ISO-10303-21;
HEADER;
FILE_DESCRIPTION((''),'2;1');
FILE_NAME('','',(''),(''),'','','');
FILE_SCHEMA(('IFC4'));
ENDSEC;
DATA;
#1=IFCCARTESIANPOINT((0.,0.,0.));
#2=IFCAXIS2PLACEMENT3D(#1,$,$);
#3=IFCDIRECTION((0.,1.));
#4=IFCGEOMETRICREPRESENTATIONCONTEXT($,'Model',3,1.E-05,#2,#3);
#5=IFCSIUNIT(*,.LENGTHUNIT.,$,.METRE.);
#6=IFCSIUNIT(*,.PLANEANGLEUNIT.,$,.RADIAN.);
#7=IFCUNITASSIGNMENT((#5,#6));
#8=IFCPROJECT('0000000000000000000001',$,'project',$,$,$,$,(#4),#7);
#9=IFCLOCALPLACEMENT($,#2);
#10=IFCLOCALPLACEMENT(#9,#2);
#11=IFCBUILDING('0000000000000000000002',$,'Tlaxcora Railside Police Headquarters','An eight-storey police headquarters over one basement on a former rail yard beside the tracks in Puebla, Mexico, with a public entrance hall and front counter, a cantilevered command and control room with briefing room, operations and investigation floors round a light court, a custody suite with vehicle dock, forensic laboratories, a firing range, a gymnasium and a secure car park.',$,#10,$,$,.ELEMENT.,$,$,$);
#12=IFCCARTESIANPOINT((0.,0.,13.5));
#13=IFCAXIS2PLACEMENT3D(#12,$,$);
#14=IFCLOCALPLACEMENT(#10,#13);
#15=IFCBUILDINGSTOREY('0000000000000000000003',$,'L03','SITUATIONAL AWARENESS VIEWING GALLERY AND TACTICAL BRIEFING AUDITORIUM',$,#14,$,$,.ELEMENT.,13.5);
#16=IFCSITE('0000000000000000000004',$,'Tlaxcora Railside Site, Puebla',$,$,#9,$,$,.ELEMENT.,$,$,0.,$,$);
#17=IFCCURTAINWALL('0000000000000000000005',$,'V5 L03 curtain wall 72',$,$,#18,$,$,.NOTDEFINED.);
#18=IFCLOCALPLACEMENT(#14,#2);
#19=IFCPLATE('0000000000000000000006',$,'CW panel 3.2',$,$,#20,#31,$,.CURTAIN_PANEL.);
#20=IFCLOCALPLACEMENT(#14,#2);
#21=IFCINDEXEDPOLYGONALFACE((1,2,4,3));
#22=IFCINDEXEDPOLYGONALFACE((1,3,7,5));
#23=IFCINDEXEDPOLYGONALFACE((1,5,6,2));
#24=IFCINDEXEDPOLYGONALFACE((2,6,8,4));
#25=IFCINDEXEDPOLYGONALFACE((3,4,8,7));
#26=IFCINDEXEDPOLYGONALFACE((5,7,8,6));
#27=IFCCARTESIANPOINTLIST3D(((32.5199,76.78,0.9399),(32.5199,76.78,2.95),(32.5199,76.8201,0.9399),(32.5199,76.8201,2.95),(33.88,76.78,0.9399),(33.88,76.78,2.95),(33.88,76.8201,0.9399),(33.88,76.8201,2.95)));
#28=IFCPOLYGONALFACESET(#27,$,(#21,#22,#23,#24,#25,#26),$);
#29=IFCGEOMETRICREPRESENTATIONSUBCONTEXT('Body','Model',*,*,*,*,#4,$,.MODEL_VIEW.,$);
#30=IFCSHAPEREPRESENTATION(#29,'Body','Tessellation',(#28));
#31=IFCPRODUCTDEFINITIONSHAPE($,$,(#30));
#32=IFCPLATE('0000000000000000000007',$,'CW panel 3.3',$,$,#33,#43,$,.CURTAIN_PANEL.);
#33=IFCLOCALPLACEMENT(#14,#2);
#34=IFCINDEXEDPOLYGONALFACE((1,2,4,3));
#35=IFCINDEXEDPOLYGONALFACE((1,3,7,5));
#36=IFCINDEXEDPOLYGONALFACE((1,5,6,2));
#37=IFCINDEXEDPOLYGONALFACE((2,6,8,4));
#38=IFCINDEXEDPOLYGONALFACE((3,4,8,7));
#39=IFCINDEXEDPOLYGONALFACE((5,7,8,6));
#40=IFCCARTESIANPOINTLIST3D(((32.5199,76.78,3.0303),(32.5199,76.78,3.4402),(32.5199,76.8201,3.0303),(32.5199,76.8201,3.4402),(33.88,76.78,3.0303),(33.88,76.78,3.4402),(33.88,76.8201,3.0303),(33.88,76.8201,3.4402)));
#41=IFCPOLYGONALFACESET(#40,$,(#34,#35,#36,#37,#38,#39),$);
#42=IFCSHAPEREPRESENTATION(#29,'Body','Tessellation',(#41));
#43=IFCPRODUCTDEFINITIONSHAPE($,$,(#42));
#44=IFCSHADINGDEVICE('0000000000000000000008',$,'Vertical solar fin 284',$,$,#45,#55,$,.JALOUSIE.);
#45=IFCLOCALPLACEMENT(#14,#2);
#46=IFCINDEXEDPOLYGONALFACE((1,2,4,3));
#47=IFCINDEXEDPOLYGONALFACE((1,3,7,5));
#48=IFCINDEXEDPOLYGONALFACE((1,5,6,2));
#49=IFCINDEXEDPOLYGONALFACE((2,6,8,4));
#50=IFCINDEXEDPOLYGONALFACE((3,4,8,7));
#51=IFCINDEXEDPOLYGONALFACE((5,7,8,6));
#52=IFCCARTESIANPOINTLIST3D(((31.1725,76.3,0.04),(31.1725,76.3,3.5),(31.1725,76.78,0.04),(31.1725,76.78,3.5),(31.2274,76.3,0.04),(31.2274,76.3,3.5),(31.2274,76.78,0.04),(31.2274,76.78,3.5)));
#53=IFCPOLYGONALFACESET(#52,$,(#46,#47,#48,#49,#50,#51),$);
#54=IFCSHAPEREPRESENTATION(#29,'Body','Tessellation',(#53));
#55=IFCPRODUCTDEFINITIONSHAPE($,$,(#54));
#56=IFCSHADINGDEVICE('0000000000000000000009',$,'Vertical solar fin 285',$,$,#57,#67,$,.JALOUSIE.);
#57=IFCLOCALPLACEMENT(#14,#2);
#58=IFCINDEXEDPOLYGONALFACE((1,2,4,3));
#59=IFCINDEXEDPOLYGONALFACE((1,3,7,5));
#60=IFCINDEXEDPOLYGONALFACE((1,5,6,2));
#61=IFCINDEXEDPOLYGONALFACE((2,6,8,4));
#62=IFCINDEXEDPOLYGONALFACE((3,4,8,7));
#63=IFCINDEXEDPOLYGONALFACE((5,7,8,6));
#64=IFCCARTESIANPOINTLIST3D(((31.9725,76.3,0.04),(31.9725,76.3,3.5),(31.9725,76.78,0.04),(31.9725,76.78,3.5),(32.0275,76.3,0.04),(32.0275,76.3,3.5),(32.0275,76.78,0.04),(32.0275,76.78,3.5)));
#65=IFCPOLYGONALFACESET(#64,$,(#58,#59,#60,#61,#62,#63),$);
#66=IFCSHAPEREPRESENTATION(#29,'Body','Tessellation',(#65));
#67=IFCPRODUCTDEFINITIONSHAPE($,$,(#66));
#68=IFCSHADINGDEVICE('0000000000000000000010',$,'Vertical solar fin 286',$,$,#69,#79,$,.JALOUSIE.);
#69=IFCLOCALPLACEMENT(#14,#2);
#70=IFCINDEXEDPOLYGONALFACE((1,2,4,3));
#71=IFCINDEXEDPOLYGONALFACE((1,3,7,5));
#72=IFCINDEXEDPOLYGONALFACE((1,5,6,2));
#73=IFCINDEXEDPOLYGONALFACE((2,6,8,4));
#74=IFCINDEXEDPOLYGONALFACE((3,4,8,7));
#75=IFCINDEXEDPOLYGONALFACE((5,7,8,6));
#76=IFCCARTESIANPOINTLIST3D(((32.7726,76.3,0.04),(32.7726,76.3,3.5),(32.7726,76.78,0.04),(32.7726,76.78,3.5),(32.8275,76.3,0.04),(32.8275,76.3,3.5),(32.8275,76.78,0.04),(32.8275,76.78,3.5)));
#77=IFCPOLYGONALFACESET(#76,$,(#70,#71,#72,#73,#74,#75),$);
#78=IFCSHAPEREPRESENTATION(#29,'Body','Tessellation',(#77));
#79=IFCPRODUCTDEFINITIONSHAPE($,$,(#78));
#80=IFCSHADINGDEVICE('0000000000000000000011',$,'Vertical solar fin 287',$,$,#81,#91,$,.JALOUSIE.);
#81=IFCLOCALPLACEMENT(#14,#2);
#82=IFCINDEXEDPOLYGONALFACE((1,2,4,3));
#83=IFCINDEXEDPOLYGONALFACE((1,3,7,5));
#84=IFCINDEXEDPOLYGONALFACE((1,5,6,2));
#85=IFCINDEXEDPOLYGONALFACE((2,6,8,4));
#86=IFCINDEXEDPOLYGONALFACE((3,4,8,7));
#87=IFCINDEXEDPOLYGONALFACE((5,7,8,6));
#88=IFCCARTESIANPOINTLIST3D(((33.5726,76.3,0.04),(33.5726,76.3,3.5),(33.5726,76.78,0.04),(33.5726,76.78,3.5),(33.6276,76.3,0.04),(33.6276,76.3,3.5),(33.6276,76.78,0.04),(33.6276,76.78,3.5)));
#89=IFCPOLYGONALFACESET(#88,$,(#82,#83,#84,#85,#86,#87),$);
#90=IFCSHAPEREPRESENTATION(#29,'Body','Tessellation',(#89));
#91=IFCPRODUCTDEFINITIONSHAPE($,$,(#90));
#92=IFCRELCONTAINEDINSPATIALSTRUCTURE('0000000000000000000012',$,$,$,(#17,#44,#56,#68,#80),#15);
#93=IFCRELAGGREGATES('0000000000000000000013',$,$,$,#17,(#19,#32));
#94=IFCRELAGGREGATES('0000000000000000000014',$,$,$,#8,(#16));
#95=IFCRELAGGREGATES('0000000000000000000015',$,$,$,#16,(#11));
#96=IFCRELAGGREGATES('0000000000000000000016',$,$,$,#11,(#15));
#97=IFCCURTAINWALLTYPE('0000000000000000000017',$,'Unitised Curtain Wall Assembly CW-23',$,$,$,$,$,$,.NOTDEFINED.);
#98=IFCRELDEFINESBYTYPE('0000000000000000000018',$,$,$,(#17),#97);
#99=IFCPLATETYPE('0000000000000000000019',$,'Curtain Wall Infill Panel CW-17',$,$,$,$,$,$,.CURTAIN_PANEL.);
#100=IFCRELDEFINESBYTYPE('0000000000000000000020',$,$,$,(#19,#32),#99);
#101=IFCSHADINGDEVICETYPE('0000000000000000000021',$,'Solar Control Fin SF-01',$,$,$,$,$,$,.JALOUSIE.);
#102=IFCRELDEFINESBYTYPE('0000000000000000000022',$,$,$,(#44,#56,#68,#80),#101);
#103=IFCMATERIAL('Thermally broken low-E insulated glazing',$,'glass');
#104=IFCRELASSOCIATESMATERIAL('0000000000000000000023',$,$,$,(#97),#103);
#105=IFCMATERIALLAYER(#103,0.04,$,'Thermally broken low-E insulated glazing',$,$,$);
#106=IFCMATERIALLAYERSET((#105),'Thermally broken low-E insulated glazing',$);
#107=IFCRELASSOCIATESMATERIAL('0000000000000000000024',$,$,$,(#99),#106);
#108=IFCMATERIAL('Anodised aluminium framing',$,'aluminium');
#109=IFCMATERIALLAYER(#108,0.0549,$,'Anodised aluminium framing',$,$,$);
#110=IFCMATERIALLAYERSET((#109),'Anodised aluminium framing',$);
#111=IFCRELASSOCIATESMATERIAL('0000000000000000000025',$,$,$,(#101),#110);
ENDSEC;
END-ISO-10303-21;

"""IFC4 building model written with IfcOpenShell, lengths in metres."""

from ifc_helpers import new_model, si_unit, direction, frame, origin, origin_2d, place, context, subcontext, project, spatial, rectangle, extrude, material, layer, layer_set, type_object, element, aggregate, save


model = new_model("IFC4")

# Units and contexts
model_context = context("Model", 3, precision=1e-05, world=origin(), true_north=direction((0.0, 1.0)))
body_context = subcontext(model_context, "Body", "Model", "MODEL_VIEW")
ifc_project = project(units=[si_unit("LENGTHUNIT", "METRE"), si_unit("PLANEANGLEUNIT", "RADIAN")], contexts=[model_context])

# Site, building, storey
site_placement = place(None, origin())
site = spatial("IfcSite", under=ifc_project, at=site_placement, Name="Tlaxcora Railside Site, Puebla", CompositionType="ELEMENT", RefElevation=0.0)
building_placement = place(site_placement, origin())
building = spatial("IfcBuilding", under=site, at=building_placement, Name="Tlaxcora Railside Police Headquarters", Description="An eight-storey police headquarters over one basement on a former rail yard beside the tracks in Puebla, Mexico, with a public entrance hall and front counter, a cantilevered command and control room with briefing room, operations and investigation floors round a light court, a custody suite with vehicle dock, forensic laboratories, a firing range, a gymnasium and a secure car park.", CompositionType="ELEMENT")
storey_placement = place(building_placement, frame((0.0, 0.0, 13.5)))
storey = spatial("IfcBuildingStorey", under=building, at=storey_placement, Name="L03", Description="SITUATIONAL AWARENESS VIEWING GALLERY AND TACTICAL BRIEFING AUDITORIUM", CompositionType="ELEMENT", Elevation=13.5)

# Curtain wall
ifc_material_1 = material(Name="Thermally broken low-E insulated glazing", Category="glass")
curtain_wall_type = type_object("IfcCurtainWallType", Name="Unitised Curtain Wall Assembly CW-23", PredefinedType="NOTDEFINED", material=ifc_material_1)
curtain_wall_placement = place(storey_placement, origin())
curtain_wall = element("IfcCurtainWall", 1, at=curtain_wall_placement, inside=storey, type_object=curtain_wall_type, Name="V5 L03 curtain wall 72", PredefinedType="NOTDEFINED")
ifc_material_2 = material(Name="Anodised aluminium framing", Category="aluminium")

# Plates
ifc_layer_1 = layer(ifc_material_1, 0.04, Name="Thermally broken low-E insulated glazing")
ifc_layer_set_1 = layer_set([ifc_layer_1], Name="Thermally broken low-E insulated glazing")
plate_type = type_object("IfcPlateType", Name="Curtain Wall Infill Panel CW-17", PredefinedType="CURTAIN_PANEL", material=ifc_layer_set_1)
plate_1_placement = place(storey_placement, frame((33.2, 76.8, 0.9399), z_axis=(0.0, 0.0, 1.0), x_axis=(1.0, 0.0, 0.0)))
plate_1 = element("IfcPlate", 2, at=plate_1_placement, type_object=plate_type, Name="CW panel 3.2", PredefinedType="CURTAIN_PANEL", context=body_context, shape_type="SweptSolid", body=[
    extrude(rectangle(XDim=1.3601, YDim=0.04, at=origin_2d()), origin(), (0.0, 0.0, 1.0), 2.01),
])
plate_2_placement = place(storey_placement, frame((33.2, 76.8, 3.0303), z_axis=(0.0, 0.0, 1.0), x_axis=(1.0, 0.0, 0.0)))
plate_2 = element("IfcPlate", 3, at=plate_2_placement, type_object=plate_type, Name="CW panel 3.3", PredefinedType="CURTAIN_PANEL", context=body_context, shape_type="SweptSolid", body=[
    extrude(rectangle(XDim=1.3601, YDim=0.04, at=origin_2d()), origin(), (0.0, 0.0, 1.0), 0.4099),
])
aggregate(curtain_wall, [plate_1, plate_2])

# Shading devices
ifc_layer_2 = layer(ifc_material_2, 0.0549, Name="Anodised aluminium framing")
ifc_layer_set_2 = layer_set([ifc_layer_2], Name="Anodised aluminium framing")
shading_device_type = type_object("IfcShadingDeviceType", Name="Solar Control Fin SF-01", PredefinedType="JALOUSIE", material=ifc_layer_set_2)
for number, where, z_axis, x_axis, name in (
    (4, (31.2, 76.54, 0.04), (0.0, 0.0, 1.0), (0.0, -1.0, 0.0), "Vertical solar fin 284"),
    (5, (32.0, 76.54, 0.04), (0.0, 0.0, 1.0), (0.0, -1.0, 0.0), "Vertical solar fin 285"),
    (6, (32.8, 76.54, 0.04), (0.0, 0.0, 1.0), (0.0, -1.0, 0.0), "Vertical solar fin 286"),
    (7, (33.6001, 76.54, 0.04), (0.0, 0.0, 1.0), (0.0, -1.0, 0.0), "Vertical solar fin 287"),
):
    element("IfcShadingDevice", number, at=place(storey_placement, frame(where, z_axis=z_axis, x_axis=x_axis)), inside=storey, type_object=shading_device_type, Name=name, PredefinedType="JALOUSIE", context=body_context, shape_type="SweptSolid", body=[
        extrude(rectangle(XDim=0.48, YDim=0.0549, at=origin_2d()), origin(), (0.0, 0.0, 1.0), 3.46),
    ])

save(model, "model.ifc")
